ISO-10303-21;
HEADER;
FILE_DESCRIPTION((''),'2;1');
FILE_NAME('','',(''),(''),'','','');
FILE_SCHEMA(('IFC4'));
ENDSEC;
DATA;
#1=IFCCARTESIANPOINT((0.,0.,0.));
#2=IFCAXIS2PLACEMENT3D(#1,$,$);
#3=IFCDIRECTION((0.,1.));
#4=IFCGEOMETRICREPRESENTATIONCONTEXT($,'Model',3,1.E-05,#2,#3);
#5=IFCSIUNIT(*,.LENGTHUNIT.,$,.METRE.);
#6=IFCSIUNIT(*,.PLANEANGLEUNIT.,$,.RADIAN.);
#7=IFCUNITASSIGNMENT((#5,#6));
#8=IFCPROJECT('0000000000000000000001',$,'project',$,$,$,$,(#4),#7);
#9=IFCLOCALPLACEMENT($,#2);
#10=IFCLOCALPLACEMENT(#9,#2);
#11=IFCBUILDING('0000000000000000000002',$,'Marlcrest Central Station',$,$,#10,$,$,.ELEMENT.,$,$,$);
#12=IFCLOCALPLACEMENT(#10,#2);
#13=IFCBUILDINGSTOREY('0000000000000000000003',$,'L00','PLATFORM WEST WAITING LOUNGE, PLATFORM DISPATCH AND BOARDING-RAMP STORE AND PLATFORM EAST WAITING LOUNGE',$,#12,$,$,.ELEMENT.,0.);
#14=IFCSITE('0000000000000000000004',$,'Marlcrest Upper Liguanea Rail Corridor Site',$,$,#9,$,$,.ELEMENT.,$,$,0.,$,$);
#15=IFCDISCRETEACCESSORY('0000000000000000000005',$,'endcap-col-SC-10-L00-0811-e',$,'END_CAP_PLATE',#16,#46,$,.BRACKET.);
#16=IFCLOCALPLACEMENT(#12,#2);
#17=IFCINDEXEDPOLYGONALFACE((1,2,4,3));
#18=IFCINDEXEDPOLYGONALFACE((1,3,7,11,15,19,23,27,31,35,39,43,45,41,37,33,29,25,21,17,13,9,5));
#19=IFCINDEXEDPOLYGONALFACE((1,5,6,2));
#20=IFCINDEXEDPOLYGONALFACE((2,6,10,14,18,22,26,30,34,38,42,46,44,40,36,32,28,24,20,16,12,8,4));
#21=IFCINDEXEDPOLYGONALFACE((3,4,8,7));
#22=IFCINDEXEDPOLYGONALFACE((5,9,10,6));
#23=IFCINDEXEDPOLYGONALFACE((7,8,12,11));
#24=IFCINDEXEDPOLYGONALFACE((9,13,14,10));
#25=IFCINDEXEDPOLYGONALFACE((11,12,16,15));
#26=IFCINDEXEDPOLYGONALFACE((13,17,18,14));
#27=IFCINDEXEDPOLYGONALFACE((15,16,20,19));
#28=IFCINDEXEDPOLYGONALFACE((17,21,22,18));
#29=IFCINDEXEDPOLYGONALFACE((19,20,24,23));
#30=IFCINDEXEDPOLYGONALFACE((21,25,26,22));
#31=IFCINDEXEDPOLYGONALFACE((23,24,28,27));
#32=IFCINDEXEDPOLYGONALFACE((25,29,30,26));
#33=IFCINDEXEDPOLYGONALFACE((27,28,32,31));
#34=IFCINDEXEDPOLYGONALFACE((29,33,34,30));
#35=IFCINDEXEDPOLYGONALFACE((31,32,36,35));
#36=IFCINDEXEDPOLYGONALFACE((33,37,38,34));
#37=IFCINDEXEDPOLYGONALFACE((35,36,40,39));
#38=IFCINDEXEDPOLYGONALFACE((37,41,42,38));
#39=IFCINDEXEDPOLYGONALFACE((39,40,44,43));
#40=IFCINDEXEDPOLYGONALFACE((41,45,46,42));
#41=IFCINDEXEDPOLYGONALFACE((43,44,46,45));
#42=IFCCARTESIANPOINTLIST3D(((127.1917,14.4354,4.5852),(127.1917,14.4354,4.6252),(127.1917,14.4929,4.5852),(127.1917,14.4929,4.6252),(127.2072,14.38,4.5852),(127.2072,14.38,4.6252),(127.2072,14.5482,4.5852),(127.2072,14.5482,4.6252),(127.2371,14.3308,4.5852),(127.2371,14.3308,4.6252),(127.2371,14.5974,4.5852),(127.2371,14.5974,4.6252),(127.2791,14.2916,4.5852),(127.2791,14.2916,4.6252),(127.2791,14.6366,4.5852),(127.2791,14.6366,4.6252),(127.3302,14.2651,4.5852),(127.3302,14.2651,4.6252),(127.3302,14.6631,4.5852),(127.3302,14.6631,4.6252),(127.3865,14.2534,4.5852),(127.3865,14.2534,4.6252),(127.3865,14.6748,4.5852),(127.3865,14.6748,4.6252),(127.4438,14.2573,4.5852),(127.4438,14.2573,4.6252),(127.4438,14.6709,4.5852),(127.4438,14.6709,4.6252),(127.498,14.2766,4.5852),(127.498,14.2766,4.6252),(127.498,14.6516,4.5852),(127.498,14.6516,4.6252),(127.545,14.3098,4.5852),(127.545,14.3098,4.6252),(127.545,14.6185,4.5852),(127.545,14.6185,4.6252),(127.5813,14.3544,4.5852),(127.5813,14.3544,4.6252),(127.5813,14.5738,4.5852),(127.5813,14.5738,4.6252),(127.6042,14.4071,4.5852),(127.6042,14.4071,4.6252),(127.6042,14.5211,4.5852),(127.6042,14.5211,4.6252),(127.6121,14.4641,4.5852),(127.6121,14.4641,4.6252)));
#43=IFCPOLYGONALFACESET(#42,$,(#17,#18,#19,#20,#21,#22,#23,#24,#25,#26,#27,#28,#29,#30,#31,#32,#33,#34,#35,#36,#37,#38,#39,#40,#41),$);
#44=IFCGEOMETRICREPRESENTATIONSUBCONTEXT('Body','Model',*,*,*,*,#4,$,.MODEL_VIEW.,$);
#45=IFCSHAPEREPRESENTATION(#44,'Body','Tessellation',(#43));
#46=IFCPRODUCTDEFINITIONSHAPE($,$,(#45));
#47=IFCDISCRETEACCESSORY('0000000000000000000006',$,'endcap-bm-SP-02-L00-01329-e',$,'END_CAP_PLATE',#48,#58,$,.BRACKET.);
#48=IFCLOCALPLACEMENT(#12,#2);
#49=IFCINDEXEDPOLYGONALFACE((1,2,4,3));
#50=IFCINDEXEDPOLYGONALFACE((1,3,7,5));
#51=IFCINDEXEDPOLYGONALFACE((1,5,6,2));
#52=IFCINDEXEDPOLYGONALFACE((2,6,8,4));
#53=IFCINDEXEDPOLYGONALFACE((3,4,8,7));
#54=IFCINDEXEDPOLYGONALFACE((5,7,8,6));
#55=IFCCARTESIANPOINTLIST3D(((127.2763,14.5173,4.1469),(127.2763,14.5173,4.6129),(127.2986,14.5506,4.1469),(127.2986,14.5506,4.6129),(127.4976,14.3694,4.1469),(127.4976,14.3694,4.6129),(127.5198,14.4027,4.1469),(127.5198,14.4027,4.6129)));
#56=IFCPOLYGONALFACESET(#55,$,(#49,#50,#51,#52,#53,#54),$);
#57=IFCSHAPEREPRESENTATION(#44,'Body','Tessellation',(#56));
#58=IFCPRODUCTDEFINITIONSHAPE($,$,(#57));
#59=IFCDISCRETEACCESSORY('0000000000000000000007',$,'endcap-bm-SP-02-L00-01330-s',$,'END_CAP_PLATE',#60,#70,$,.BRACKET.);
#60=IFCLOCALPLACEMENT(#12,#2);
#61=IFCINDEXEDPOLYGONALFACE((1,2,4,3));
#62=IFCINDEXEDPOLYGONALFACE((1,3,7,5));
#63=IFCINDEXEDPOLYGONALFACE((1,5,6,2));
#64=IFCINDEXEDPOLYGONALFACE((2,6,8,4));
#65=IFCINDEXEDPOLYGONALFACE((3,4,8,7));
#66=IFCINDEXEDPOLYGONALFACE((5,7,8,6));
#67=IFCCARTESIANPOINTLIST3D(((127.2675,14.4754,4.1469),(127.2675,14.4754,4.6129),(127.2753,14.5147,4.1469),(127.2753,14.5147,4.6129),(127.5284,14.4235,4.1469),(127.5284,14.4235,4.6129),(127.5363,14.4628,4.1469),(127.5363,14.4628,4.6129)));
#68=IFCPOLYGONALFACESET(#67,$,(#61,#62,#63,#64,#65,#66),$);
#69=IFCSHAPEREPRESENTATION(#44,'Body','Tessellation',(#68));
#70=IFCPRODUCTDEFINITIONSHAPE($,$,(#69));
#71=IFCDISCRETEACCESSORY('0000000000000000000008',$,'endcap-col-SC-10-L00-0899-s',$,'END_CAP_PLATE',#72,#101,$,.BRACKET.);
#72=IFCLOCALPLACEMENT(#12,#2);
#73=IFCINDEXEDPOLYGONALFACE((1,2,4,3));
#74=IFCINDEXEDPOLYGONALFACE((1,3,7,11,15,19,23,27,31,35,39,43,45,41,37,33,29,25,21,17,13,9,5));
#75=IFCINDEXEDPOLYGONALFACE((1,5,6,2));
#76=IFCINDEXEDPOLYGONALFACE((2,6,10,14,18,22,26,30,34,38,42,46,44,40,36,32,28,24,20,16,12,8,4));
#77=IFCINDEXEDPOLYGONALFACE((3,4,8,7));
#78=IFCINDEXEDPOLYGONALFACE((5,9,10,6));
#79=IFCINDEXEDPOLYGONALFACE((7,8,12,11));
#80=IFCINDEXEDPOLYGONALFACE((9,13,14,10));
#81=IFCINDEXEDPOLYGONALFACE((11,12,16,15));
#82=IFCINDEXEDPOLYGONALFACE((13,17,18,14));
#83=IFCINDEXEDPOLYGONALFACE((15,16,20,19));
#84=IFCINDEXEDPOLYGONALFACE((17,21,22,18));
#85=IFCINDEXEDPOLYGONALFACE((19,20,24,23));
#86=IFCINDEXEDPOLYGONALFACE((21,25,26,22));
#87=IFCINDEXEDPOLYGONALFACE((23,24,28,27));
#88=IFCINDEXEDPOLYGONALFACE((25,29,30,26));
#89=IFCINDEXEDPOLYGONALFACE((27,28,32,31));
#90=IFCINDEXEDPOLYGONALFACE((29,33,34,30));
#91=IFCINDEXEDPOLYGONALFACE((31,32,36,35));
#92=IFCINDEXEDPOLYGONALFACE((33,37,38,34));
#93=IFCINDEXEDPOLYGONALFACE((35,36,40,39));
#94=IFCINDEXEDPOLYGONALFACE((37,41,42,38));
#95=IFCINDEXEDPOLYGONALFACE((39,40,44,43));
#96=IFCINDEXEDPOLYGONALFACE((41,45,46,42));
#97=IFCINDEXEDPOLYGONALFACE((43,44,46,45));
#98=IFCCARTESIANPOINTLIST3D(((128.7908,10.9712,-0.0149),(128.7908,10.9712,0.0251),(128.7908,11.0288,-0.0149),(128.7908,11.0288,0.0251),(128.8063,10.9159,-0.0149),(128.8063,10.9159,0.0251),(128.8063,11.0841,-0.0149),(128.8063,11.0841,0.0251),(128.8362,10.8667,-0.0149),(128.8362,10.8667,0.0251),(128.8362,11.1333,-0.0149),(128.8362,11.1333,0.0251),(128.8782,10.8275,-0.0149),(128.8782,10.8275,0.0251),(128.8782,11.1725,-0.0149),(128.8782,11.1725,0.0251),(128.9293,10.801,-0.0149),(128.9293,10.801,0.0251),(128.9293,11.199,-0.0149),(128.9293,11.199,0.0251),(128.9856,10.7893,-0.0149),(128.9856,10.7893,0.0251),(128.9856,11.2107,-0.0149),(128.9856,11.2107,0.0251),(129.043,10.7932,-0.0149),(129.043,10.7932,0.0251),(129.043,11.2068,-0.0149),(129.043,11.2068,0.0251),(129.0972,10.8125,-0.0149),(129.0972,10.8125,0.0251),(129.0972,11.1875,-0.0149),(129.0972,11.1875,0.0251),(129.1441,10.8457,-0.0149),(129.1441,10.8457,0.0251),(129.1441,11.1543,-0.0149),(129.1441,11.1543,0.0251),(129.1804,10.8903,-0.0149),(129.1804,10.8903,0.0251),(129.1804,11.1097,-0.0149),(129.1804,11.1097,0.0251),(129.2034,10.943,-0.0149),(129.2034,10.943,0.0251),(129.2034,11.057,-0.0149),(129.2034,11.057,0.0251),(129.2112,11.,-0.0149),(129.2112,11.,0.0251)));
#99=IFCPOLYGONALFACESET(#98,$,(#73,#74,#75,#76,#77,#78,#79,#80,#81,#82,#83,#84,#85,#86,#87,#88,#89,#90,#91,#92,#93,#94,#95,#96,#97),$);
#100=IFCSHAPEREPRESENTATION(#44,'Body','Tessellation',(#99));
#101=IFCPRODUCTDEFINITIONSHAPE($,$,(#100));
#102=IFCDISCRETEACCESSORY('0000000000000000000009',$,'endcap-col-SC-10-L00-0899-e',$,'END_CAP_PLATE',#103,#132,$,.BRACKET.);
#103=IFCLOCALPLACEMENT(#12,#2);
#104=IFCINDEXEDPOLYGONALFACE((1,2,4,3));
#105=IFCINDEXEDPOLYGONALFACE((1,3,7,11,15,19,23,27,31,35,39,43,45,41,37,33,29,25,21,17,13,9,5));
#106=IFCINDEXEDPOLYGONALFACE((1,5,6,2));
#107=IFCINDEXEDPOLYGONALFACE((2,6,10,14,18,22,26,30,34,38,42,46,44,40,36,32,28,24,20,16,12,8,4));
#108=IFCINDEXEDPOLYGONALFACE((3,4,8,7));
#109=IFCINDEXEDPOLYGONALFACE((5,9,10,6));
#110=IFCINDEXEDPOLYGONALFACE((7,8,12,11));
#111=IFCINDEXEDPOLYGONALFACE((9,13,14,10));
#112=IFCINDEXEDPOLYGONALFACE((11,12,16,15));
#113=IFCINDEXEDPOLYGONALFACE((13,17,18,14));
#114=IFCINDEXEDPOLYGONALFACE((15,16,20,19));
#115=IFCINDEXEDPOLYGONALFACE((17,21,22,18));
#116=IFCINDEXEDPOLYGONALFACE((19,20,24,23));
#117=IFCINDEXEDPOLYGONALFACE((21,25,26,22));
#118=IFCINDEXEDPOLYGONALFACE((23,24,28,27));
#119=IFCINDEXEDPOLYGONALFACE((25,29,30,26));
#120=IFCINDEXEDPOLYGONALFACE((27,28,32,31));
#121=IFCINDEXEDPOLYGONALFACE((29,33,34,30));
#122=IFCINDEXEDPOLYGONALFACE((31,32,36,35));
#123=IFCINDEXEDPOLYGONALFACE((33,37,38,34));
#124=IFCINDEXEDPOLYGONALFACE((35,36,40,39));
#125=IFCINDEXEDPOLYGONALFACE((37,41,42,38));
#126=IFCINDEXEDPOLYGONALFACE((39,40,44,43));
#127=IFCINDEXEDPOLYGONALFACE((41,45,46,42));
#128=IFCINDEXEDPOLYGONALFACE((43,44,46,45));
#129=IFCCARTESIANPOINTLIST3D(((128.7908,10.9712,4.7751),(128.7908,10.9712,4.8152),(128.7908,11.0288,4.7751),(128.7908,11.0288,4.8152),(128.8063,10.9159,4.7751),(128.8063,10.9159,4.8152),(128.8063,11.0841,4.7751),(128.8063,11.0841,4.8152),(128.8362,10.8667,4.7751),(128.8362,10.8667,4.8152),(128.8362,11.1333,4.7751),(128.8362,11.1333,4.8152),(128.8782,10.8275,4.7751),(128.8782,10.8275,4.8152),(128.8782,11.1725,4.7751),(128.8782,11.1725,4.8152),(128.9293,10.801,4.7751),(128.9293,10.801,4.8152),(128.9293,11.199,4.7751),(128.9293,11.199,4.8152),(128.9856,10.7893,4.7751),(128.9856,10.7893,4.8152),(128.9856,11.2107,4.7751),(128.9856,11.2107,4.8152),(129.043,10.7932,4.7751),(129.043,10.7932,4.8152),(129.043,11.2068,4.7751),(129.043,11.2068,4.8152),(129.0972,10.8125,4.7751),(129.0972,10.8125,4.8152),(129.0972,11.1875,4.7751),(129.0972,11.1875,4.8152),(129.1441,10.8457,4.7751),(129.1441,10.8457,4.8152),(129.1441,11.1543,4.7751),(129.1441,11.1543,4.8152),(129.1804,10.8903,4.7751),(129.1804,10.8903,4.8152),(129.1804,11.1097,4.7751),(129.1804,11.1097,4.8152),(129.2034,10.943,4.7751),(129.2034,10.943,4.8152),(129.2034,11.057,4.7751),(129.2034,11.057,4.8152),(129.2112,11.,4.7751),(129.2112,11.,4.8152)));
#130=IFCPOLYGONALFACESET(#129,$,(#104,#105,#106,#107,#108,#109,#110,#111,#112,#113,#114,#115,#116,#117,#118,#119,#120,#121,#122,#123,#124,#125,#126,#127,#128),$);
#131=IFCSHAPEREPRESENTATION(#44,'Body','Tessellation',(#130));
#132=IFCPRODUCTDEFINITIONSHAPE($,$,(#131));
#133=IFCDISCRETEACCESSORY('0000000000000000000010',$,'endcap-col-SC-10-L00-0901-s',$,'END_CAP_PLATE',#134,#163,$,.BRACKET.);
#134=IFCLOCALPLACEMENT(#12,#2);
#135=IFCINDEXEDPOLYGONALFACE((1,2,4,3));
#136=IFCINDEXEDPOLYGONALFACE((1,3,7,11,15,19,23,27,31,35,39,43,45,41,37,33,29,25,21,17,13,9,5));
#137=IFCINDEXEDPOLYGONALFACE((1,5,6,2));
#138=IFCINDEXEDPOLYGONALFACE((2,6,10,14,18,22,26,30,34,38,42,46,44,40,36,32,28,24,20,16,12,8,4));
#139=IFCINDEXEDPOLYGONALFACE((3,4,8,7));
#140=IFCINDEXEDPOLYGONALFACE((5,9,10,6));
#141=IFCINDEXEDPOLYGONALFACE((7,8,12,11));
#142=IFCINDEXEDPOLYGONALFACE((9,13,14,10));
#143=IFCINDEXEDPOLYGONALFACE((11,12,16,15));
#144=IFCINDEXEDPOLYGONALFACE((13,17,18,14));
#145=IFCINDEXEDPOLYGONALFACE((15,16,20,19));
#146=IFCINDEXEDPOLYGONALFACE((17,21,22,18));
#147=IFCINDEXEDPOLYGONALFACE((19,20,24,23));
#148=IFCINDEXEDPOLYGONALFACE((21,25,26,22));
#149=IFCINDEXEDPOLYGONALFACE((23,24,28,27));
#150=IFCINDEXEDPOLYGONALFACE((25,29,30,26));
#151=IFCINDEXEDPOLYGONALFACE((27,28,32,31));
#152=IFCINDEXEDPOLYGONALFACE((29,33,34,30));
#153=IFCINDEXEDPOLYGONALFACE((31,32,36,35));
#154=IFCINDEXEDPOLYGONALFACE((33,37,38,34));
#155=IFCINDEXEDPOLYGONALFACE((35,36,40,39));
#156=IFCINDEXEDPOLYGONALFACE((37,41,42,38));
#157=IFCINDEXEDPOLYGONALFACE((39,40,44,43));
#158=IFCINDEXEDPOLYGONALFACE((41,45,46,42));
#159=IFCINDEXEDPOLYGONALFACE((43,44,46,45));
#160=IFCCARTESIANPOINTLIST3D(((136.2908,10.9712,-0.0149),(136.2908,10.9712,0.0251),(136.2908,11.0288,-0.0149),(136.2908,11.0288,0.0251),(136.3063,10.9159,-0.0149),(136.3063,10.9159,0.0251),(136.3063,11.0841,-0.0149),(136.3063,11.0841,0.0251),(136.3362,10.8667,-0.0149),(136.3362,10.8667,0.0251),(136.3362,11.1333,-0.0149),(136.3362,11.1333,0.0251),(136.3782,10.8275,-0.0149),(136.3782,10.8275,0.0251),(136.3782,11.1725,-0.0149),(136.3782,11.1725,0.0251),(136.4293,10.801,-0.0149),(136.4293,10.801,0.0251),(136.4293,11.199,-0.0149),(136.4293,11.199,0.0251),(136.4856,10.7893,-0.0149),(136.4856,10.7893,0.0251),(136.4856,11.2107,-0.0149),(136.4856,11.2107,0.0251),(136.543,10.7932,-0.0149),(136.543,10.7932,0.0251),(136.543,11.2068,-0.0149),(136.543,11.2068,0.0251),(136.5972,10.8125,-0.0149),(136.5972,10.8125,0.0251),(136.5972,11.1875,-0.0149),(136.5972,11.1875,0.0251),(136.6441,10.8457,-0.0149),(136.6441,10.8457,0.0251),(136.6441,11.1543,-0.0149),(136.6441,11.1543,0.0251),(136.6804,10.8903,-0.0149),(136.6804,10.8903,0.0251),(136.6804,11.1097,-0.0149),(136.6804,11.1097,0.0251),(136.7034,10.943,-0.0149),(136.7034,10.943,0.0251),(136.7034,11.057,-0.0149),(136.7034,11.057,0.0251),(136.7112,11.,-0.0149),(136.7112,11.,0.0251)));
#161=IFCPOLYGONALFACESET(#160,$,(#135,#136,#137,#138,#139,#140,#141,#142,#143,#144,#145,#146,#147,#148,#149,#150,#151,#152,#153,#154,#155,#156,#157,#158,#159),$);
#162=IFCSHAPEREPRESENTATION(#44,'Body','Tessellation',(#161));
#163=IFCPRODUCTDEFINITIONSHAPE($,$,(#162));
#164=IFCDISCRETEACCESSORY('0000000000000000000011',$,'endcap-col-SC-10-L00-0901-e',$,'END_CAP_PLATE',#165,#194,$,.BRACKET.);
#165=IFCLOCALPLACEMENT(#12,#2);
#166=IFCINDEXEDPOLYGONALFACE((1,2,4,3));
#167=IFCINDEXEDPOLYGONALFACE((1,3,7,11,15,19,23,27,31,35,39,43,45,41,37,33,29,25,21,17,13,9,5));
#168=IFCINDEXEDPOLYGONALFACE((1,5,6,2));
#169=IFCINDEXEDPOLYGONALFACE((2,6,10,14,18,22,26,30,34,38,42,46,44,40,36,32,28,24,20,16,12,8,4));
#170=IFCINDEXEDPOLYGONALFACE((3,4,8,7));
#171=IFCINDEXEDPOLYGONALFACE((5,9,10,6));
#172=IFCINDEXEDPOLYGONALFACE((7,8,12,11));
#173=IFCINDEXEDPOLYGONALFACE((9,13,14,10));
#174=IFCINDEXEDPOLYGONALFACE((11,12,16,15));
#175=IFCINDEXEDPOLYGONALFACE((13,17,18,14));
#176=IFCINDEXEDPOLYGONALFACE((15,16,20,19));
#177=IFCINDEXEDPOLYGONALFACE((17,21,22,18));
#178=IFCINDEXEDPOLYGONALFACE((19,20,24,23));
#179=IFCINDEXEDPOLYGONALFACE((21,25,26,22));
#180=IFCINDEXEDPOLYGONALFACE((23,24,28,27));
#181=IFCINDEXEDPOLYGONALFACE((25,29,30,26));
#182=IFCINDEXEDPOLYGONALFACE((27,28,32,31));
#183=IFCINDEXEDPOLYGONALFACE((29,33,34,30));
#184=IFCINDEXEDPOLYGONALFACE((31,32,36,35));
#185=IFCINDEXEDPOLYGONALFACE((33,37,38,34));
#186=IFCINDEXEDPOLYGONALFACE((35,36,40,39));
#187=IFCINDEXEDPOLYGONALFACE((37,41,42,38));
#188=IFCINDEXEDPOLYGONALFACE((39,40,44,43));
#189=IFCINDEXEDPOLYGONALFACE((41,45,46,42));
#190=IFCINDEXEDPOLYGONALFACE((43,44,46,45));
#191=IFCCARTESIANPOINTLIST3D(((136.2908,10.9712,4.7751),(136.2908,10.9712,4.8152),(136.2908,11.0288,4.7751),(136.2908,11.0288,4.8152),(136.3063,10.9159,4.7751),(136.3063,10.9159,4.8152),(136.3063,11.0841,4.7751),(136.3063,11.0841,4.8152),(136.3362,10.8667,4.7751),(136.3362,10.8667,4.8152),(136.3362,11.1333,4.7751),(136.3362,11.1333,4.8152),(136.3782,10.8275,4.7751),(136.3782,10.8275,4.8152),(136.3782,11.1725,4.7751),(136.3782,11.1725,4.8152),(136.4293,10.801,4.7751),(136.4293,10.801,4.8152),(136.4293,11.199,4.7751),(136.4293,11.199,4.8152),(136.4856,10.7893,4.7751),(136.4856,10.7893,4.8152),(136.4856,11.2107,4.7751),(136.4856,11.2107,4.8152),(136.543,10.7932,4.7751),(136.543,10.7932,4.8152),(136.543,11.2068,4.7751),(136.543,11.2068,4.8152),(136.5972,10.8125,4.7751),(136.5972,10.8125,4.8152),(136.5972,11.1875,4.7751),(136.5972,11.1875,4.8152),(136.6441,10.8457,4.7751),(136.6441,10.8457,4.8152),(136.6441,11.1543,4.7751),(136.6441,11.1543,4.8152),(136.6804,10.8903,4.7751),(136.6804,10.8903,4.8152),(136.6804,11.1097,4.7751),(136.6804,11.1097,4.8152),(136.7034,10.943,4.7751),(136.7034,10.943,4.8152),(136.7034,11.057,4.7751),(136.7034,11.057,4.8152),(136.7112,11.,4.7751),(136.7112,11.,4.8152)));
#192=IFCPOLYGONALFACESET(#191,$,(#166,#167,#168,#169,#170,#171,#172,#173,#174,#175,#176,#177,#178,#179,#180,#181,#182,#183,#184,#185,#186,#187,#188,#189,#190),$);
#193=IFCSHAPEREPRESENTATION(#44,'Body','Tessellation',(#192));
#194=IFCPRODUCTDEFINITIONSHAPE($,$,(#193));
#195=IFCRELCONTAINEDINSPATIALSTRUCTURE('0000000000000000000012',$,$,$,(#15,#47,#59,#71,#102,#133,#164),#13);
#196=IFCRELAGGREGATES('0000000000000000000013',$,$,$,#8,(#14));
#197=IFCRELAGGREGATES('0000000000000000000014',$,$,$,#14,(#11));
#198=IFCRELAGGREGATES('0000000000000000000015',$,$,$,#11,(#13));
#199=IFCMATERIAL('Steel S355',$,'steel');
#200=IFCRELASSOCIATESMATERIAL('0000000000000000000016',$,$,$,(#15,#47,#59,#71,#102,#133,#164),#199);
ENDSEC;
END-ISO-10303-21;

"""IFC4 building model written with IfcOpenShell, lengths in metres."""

from ifc_helpers import new_model, si_unit, direction, frame, origin, origin_2d, place, context, subcontext, project, spatial, rectangle, circle, extrude, material, element, save


model = new_model("IFC4")

# Units and contexts
model_context = context("Model", 3, precision=1e-05, world=origin(), true_north=direction((0.0, 1.0)))
body_context = subcontext(model_context, "Body", "Model", "MODEL_VIEW")
ifc_project = project(units=[si_unit("LENGTHUNIT", "METRE"), si_unit("PLANEANGLEUNIT", "RADIAN")], contexts=[model_context])

# Site, building, storey
site_placement = place(None, origin())
site = spatial("IfcSite", under=ifc_project, at=site_placement, Name="Marlcrest Upper Liguanea Rail Corridor Site", CompositionType="ELEMENT", RefElevation=0.0)
building_placement = place(site_placement, origin())
building = spatial("IfcBuilding", under=site, at=building_placement, Name="Marlcrest Central Station", CompositionType="ELEMENT")
storey_placement = place(building_placement, origin())
storey = spatial("IfcBuildingStorey", under=building, at=storey_placement, Name="L00", Description="PLATFORM WEST WAITING LOUNGE, PLATFORM DISPATCH AND BOARDING-RAMP STORE AND PLATFORM EAST WAITING LOUNGE", CompositionType="ELEMENT", Elevation=0.0)

# Shared definitions
ifc_material_1 = material(Name="Steel S355", Category="steel")

# Discrete accessories
for number, where, z_axis, x_axis, name in (
    (1, (127.4009, 14.4641, 4.5852), (0.0, 0.0, 1.0), (1.0, 0.0, 0.0), "endcap-col-SC-10-L00-0811-e"),
):
    element("IfcDiscreteAccessory", number, at=place(storey_placement, frame(where, z_axis=z_axis, x_axis=x_axis)), inside=storey, material=ifc_material_1, Name=name, ObjectType="END_CAP_PLATE", PredefinedType="BRACKET", context=body_context, shape_type="SweptSolid", body=[
        extrude(circle(Radius=0.2112, at=origin_2d()), origin(), (0.0, 0.0, 1.0), 0.04),
    ])
for number, where, z_axis, x_axis, name in (
    (2, (127.387, 14.4434, 4.3799), (0.555511, 0.831509, 0.0), (-0.831509, 0.555511, 0.0), "endcap-bm-SP-02-L00-01329-e"),
    (3, (127.3979, 14.4495, 4.3799), (0.195171, 0.980769, 0.0), (-0.980769, 0.195171, 0.0), "endcap-bm-SP-02-L00-01330-s"),
):
    element("IfcDiscreteAccessory", number, at=place(storey_placement, frame(where, z_axis=z_axis, x_axis=x_axis)), inside=storey, material=ifc_material_1, Name=name, ObjectType="END_CAP_PLATE", PredefinedType="BRACKET", context=body_context, shape_type="SweptSolid", body=[
        extrude(rectangle(XDim=0.2661, YDim=0.4661, at=origin_2d()), origin(), (0.0, 0.0, 1.0), 0.04),
    ])
for number, where, z_axis, x_axis, name in (
    (4, (129.0, 11.0, -0.0149), (0.0, 0.0, 1.0), (1.0, 0.0, 0.0), "endcap-col-SC-10-L00-0899-s"),
    (5, (129.0, 11.0, 4.7751), (0.0, 0.0, 1.0), (1.0, 0.0, 0.0), "endcap-col-SC-10-L00-0899-e"),
    (6, (136.5, 11.0, -0.0149), (0.0, 0.0, 1.0), (1.0, 0.0, 0.0), "endcap-col-SC-10-L00-0901-s"),
    (7, (136.5, 11.0, 4.7751), (0.0, 0.0, 1.0), (1.0, 0.0, 0.0), "endcap-col-SC-10-L00-0901-e"),
):
    element("IfcDiscreteAccessory", number, at=place(storey_placement, frame(where, z_axis=z_axis, x_axis=x_axis)), inside=storey, material=ifc_material_1, Name=name, ObjectType="END_CAP_PLATE", PredefinedType="BRACKET", context=body_context, shape_type="SweptSolid", body=[
        extrude(circle(Radius=0.2112, at=origin_2d()), origin(), (0.0, 0.0, 1.0), 0.04),
    ])

save(model, "model.ifc")
